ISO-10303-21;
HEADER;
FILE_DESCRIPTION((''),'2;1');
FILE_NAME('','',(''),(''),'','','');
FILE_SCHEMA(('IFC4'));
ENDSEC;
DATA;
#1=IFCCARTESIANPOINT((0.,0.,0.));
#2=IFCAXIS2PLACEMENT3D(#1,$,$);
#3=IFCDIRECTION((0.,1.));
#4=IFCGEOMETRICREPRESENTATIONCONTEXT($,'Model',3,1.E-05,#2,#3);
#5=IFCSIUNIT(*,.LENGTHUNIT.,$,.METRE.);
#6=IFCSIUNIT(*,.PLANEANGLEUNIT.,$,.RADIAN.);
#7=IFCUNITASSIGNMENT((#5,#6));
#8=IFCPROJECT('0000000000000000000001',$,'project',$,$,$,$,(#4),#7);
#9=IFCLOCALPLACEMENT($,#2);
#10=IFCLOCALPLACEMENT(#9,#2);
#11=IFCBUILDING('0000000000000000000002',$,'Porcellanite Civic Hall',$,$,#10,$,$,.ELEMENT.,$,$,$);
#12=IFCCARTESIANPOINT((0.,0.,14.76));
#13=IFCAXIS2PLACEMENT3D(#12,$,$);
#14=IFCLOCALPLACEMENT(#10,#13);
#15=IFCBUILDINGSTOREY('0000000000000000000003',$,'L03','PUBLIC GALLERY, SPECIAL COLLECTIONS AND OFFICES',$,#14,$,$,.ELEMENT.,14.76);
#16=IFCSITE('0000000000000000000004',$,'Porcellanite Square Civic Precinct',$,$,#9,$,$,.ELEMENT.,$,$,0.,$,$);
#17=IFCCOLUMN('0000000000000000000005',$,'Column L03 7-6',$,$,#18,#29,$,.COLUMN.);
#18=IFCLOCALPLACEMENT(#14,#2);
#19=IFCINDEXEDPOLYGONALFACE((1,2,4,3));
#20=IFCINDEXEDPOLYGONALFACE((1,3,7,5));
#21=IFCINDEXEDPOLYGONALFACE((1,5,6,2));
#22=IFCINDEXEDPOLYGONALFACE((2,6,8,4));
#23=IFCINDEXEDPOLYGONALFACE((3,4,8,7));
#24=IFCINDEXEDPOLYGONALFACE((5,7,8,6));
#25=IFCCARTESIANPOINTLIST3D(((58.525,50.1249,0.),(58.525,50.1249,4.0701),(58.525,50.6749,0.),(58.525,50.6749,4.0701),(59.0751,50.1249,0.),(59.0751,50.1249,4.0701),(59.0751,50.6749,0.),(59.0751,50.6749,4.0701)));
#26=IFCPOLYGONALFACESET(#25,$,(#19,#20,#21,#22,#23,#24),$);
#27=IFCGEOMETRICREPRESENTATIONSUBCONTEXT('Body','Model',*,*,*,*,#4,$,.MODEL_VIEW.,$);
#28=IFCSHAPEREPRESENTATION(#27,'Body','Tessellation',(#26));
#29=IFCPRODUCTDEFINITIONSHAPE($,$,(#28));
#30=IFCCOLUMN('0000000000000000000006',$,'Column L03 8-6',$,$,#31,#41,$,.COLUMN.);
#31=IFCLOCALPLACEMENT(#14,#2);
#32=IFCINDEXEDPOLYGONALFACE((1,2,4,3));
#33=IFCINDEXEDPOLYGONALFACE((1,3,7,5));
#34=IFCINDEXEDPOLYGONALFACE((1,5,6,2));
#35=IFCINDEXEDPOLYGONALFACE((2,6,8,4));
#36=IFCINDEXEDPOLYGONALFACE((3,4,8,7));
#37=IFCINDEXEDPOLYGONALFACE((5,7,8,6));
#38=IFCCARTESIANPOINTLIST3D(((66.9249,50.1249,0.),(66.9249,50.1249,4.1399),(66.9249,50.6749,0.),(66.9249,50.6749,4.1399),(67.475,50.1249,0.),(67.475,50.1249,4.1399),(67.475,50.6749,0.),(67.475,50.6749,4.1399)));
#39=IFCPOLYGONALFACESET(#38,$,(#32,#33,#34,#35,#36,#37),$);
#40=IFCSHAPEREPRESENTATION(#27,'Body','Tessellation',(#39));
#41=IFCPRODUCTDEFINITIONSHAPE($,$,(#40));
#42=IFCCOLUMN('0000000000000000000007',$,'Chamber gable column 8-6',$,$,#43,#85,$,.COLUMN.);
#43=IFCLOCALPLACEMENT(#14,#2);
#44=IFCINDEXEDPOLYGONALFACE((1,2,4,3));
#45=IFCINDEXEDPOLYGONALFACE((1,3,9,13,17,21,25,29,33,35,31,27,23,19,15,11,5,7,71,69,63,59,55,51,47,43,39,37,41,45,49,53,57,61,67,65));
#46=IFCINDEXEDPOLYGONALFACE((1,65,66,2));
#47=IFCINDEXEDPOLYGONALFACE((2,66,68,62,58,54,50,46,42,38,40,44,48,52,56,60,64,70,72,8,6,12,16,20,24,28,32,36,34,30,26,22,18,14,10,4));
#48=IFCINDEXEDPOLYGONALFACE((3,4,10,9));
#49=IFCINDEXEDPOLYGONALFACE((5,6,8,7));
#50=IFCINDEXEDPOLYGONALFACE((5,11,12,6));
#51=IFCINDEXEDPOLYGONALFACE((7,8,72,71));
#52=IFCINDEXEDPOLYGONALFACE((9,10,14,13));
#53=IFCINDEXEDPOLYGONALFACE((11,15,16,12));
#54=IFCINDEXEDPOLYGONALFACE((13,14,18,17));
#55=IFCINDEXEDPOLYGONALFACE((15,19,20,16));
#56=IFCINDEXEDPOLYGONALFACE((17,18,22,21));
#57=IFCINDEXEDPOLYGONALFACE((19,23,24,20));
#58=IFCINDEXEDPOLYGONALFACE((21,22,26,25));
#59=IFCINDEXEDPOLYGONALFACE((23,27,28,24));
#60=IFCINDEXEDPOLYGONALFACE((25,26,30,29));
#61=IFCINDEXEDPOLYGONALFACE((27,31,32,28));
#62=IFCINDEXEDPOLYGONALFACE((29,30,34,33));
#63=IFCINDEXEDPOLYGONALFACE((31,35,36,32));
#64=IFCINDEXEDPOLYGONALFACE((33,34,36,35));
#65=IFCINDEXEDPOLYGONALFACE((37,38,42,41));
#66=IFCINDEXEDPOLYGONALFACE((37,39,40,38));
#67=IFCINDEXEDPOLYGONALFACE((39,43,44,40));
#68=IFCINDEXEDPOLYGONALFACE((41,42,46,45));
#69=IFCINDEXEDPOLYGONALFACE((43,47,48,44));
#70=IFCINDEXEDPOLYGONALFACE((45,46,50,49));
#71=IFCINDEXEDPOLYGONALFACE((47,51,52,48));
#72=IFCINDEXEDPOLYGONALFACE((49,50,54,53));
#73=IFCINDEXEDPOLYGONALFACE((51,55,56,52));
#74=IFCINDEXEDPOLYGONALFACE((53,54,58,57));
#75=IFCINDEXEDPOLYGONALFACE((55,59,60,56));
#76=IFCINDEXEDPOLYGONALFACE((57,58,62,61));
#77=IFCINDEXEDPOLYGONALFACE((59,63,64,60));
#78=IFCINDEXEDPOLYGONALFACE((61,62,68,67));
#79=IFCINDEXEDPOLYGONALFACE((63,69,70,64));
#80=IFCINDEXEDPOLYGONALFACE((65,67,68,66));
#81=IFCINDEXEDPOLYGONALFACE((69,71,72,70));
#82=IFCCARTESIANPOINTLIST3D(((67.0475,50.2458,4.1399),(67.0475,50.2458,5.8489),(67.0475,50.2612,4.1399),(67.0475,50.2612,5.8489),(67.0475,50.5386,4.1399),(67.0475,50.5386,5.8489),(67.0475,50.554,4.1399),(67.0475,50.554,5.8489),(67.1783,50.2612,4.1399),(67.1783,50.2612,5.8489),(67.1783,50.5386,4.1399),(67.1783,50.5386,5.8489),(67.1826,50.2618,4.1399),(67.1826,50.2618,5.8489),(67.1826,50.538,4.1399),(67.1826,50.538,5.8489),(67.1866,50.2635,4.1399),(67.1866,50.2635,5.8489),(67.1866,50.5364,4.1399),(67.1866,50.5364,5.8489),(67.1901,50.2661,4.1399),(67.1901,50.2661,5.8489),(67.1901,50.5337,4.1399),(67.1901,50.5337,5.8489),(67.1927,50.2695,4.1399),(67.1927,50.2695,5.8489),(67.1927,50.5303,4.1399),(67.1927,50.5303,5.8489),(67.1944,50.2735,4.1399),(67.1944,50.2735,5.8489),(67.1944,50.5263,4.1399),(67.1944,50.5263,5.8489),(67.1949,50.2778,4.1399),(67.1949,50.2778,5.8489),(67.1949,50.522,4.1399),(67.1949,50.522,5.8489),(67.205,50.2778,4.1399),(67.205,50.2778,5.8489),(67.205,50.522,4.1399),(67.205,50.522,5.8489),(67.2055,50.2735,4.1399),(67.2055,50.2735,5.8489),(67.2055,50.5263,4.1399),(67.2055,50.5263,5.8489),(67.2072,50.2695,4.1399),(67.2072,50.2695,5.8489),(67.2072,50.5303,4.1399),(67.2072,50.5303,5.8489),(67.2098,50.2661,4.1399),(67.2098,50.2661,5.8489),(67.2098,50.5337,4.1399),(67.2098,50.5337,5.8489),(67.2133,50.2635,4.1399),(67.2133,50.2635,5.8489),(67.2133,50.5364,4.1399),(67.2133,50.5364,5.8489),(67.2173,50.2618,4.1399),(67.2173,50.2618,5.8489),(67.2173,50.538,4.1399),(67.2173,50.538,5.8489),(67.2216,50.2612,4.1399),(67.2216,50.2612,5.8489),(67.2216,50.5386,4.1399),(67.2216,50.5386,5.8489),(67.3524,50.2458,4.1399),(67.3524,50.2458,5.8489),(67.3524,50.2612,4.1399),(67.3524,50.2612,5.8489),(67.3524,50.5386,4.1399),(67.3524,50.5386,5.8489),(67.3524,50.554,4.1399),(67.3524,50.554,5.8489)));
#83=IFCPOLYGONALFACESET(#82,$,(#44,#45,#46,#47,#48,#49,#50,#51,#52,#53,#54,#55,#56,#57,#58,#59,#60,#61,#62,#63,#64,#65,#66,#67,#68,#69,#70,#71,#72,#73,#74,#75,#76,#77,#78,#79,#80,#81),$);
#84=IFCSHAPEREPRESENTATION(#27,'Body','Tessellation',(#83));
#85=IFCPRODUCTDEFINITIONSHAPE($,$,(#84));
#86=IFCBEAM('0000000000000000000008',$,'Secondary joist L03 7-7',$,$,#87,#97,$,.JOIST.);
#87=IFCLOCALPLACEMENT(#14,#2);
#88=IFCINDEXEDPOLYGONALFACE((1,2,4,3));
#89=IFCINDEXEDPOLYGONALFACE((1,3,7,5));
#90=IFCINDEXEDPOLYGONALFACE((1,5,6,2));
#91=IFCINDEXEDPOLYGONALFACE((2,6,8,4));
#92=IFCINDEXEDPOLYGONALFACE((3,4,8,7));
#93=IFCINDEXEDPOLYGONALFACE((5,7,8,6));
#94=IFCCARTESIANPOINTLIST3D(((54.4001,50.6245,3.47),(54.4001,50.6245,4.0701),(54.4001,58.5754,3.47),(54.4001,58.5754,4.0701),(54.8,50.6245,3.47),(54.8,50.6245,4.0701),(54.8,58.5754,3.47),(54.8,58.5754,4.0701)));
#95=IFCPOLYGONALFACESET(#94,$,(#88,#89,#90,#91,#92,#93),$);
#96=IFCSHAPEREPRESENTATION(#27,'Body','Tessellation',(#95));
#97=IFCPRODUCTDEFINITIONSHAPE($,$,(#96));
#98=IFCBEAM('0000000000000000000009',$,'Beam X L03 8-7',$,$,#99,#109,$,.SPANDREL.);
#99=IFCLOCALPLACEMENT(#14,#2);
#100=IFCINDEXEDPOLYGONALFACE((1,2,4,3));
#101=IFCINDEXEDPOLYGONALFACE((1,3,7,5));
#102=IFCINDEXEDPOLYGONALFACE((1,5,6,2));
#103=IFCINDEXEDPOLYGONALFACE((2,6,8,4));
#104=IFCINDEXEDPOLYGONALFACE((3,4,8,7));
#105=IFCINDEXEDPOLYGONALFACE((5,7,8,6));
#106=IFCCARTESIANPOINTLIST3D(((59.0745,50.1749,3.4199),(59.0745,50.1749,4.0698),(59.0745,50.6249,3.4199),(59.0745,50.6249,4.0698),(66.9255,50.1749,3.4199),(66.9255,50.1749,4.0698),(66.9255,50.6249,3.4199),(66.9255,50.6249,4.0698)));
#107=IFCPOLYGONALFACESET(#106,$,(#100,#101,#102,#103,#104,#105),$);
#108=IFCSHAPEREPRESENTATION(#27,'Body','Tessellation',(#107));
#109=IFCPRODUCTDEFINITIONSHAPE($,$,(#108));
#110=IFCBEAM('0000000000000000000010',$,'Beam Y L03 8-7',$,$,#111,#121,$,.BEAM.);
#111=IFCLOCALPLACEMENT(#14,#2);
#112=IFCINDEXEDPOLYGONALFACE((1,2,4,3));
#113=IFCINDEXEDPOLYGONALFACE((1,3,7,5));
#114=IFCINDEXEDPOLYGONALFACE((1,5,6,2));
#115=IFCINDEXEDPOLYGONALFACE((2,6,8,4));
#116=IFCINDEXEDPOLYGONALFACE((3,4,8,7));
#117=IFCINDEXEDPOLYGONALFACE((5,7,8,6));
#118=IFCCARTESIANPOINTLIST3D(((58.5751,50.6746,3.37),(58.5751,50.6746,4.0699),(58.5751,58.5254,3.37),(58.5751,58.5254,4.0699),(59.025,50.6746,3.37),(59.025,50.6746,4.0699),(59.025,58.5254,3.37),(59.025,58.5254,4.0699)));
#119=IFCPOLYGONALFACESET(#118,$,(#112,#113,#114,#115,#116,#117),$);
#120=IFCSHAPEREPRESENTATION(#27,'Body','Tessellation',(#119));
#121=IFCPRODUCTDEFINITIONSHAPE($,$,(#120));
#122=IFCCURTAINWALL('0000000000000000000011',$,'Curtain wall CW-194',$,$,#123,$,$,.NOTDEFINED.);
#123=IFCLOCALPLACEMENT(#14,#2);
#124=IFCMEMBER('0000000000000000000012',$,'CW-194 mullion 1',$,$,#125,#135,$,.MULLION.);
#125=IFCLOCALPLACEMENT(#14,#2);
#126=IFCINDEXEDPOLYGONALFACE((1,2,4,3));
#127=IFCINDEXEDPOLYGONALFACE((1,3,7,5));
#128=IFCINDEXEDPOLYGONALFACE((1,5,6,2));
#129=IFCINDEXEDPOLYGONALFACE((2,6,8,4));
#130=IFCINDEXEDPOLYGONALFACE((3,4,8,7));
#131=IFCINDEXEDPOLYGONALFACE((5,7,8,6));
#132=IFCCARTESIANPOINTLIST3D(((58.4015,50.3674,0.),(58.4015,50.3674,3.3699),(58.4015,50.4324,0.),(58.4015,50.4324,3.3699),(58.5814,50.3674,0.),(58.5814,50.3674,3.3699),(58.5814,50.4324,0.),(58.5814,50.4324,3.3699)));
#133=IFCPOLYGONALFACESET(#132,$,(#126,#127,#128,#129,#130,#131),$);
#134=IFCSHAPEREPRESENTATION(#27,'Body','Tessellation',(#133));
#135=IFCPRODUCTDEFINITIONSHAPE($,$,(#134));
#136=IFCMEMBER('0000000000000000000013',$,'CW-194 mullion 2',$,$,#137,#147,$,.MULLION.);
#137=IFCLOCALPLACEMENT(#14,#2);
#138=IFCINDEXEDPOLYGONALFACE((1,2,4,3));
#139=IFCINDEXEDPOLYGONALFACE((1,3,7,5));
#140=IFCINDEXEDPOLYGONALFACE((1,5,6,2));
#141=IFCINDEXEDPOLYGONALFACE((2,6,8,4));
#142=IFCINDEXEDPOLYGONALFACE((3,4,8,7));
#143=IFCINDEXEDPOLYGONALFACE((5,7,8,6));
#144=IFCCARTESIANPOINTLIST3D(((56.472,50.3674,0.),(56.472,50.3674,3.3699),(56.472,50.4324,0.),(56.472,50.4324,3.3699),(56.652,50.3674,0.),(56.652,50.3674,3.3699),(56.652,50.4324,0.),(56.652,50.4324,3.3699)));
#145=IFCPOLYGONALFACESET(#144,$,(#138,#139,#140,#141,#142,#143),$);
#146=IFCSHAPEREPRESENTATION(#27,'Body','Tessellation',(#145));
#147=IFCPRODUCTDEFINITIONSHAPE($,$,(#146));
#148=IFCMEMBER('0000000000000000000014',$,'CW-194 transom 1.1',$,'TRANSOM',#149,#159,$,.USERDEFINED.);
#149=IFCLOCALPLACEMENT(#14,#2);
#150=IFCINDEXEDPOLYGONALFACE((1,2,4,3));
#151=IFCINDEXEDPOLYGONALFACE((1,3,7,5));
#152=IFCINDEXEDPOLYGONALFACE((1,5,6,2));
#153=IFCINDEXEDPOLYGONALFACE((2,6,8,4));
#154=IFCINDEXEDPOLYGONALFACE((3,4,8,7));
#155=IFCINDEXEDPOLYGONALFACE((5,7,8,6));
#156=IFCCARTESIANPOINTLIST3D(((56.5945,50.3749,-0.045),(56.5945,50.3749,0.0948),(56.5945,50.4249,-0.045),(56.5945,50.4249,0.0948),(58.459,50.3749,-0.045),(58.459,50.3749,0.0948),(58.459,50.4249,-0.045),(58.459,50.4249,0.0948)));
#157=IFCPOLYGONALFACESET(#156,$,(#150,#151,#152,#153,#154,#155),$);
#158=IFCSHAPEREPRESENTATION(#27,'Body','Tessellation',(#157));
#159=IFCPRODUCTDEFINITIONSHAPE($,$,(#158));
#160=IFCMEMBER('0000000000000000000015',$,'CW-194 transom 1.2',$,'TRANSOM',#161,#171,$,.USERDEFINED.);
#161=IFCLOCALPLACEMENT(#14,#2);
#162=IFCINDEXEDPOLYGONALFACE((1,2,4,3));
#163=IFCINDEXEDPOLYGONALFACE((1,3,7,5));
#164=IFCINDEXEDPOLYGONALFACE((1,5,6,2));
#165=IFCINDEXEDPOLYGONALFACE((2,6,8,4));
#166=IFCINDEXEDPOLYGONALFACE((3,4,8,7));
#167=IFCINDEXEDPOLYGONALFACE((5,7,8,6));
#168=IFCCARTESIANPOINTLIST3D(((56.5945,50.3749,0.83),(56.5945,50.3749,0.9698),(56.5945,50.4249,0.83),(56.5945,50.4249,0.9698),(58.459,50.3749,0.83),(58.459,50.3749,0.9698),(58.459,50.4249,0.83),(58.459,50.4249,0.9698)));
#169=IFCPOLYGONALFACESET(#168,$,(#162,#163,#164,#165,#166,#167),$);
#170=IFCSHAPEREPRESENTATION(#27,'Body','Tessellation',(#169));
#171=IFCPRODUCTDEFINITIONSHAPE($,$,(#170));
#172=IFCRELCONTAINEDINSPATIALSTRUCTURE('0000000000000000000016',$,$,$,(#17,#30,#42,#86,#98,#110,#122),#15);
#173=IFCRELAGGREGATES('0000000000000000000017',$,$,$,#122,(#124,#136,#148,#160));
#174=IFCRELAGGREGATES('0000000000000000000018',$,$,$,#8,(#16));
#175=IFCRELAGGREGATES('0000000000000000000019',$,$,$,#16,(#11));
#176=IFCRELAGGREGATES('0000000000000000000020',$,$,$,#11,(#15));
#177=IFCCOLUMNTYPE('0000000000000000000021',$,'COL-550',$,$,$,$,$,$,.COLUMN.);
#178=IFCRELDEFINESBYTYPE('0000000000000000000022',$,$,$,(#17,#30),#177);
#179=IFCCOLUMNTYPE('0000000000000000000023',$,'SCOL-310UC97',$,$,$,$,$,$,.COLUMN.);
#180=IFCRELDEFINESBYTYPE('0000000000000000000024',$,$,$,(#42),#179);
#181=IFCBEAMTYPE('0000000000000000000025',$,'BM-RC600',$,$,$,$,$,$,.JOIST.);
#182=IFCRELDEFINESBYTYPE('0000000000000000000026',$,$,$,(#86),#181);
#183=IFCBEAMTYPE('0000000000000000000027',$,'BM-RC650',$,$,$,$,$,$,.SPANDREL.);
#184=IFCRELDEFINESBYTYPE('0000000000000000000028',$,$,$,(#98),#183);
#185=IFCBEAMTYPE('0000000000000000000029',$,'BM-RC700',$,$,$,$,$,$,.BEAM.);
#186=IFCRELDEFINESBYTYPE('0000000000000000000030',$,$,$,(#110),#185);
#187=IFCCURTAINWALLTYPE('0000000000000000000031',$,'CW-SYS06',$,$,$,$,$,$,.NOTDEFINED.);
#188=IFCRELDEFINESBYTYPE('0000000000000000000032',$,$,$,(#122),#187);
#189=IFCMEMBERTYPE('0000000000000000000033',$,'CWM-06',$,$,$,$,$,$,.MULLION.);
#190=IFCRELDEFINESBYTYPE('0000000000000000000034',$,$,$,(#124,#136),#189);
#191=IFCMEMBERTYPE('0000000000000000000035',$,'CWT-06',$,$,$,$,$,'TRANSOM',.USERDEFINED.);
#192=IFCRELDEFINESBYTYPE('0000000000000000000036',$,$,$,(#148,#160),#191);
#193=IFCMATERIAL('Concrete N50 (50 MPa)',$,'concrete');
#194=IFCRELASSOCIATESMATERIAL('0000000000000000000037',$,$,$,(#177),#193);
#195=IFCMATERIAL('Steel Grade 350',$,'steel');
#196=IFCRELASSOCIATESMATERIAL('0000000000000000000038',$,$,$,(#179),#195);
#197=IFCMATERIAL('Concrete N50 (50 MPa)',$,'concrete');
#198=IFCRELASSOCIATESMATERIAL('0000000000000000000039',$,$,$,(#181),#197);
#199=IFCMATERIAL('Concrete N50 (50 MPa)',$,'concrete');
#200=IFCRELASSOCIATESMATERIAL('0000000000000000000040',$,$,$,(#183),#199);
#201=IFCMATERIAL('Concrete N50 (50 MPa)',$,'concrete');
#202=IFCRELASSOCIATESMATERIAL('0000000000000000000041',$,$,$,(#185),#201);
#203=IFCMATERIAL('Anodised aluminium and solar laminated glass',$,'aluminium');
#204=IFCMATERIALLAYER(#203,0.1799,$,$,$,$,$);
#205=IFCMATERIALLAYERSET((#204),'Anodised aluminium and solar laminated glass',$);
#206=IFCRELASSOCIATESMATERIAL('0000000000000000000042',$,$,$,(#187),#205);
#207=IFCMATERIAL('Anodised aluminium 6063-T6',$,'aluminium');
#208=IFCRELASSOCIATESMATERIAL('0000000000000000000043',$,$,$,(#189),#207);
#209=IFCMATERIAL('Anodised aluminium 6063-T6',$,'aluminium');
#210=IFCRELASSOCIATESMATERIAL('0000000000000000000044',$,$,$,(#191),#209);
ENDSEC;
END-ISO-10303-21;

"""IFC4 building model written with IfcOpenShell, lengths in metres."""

from ifc_helpers import new_model, si_unit, direction, frame, origin, origin_2d, place, context, subcontext, project, spatial, rectangle, i_section, extrude, material, layer, layer_set, material_profile, profile_set, type_object, element, aggregate, save


model = new_model("IFC4")

# Units and contexts
model_context = context("Model", 3, precision=1e-05, world=origin(), true_north=direction((0.0, 1.0)))
body_context = subcontext(model_context, "Body", "Model", "MODEL_VIEW")
ifc_project = project(units=[si_unit("LENGTHUNIT", "METRE"), si_unit("PLANEANGLEUNIT", "RADIAN")], contexts=[model_context])

# Site, building, storey
site_placement = place(None, origin())
site = spatial("IfcSite", under=ifc_project, at=site_placement, Name="Porcellanite Square Civic Precinct", CompositionType="ELEMENT", RefElevation=0.0)
building_placement = place(site_placement, origin())
building = spatial("IfcBuilding", under=site, at=building_placement, Name="Porcellanite Civic Hall", CompositionType="ELEMENT")
storey_placement = place(building_placement, frame((0.0, 0.0, 14.76)))
storey = spatial("IfcBuildingStorey", under=building, at=storey_placement, Name="L03", Description="PUBLIC GALLERY, SPECIAL COLLECTIONS AND OFFICES", CompositionType="ELEMENT", Elevation=14.76)

# Columns
ifc_material_1 = material(Name="Concrete N50 (50 MPa)", Category="concrete")
ifc_material_profile_1 = material_profile(ifc_material_1, rectangle(XDim=0.55, YDim=0.55, at=origin_2d()), Name="RC-550x550")
ifc_profile_set_1 = profile_set([ifc_material_profile_1], Name="Concrete N50 (50 MPa)")
column_type_1 = type_object("IfcColumnType", Name="COL-550", PredefinedType="COLUMN", material=ifc_profile_set_1)
column_1_placement = place(storey_placement, frame((58.8, 50.3999, 0.0), z_axis=(0.0, 0.0, 1.0), x_axis=(1.0, 0.0, 0.0)))
element("IfcColumn", 1, at=column_1_placement, inside=storey, type_object=column_type_1, Name="Column L03 7-6", PredefinedType="COLUMN", context=body_context, shape_type="SweptSolid", body=[
    extrude(rectangle(XDim=0.55, YDim=0.55, at=origin_2d()), origin(), (0.0, 0.0, 1.0), 4.0701),
])
column_2_placement = place(storey_placement, frame((67.2, 50.3999, 0.0), z_axis=(0.0, 0.0, 1.0), x_axis=(1.0, 0.0, 0.0)))
element("IfcColumn", 2, at=column_2_placement, inside=storey, type_object=column_type_1, Name="Column L03 8-6", PredefinedType="COLUMN", context=body_context, shape_type="SweptSolid", body=[
    extrude(rectangle(XDim=0.55, YDim=0.55, at=origin_2d()), origin(), (0.0, 0.0, 1.0), 4.1399),
])
ifc_material_2 = material(Name="Steel Grade 350", Category="steel")
ifc_material_profile_2 = material_profile(ifc_material_2, i_section(OverallWidth=0.3049, OverallDepth=0.3081, WebThickness=0.01, FlangeThickness=0.0154, FilletRadius=0.0166, at=origin_2d()), Name="310UC96.8")
ifc_profile_set_2 = profile_set([ifc_material_profile_2], Name="Steel Grade 350")
column_type_2 = type_object("IfcColumnType", Name="SCOL-310UC97", PredefinedType="COLUMN", material=ifc_profile_set_2)
column_3_placement = place(storey_placement, frame((67.2, 50.3999, 4.1399), z_axis=(0.0, 0.0, 1.0), x_axis=(1.0, 0.0, 0.0)))
element("IfcColumn", 3, at=column_3_placement, inside=storey, type_object=column_type_2, Name="Chamber gable column 8-6", PredefinedType="COLUMN", context=body_context, shape_type="SweptSolid", body=[
    extrude(i_section(OverallWidth=0.3049, OverallDepth=0.3081, WebThickness=0.01, FlangeThickness=0.0154, FilletRadius=0.0166, at=origin_2d()), origin(), (0.0, 0.0, 1.0), 1.709),
])

# Beams
ifc_material_3 = material(Name="Concrete N50 (50 MPa)", Category="concrete")
ifc_material_profile_3 = material_profile(ifc_material_3, rectangle(XDim=0.3999, YDim=0.6001, at=origin_2d()), Name="RC-400x600")
ifc_profile_set_3 = profile_set([ifc_material_profile_3], Name="Concrete N50 (50 MPa)")
beam_type_1 = type_object("IfcBeamType", Name="BM-RC600", PredefinedType="JOIST", material=ifc_profile_set_3)
beam_1_placement = place(storey_placement, frame((54.6001, 50.6245, 3.77), z_axis=(0.0, 1.0, 0.0), x_axis=(-1.0, 0.0, 0.0)))
element("IfcBeam", 4, at=beam_1_placement, inside=storey, type_object=beam_type_1, Name="Secondary joist L03 7-7", PredefinedType="JOIST", context=body_context, shape_type="SweptSolid", body=[
    extrude(rectangle(XDim=0.3999, YDim=0.6001, at=origin_2d()), origin(), (0.0, 0.0, 1.0), 7.9509),
])
ifc_material_4 = material(Name="Concrete N50 (50 MPa)", Category="concrete")
ifc_material_profile_4 = material_profile(ifc_material_4, rectangle(XDim=0.45, YDim=0.6499, at=origin_2d()), Name="RC-450x650")
ifc_profile_set_4 = profile_set([ifc_material_profile_4], Name="Concrete N50 (50 MPa)")
beam_type_2 = type_object("IfcBeamType", Name="BM-RC650", PredefinedType="SPANDREL", material=ifc_profile_set_4)
beam_2_placement = place(storey_placement, frame((59.0745, 50.3999, 3.7449), z_axis=(1.0, 0.0, 0.0), x_axis=(0.0, 1.0, 0.0)))
element("IfcBeam", 5, at=beam_2_placement, inside=storey, type_object=beam_type_2, Name="Beam X L03 8-7", PredefinedType="SPANDREL", context=body_context, shape_type="SweptSolid", body=[
    extrude(rectangle(XDim=0.45, YDim=0.6499, at=origin_2d()), origin(), (0.0, 0.0, 1.0), 7.8511),
])
ifc_material_5 = material(Name="Concrete N50 (50 MPa)", Category="concrete")
ifc_material_profile_5 = material_profile(ifc_material_5, rectangle(XDim=0.45, YDim=0.7, at=origin_2d()), Name="RC-450x700")
ifc_profile_set_5 = profile_set([ifc_material_profile_5], Name="Concrete N50 (50 MPa)")
beam_type_3 = type_object("IfcBeamType", Name="BM-RC700", PredefinedType="BEAM", material=ifc_profile_set_5)
beam_3_placement = place(storey_placement, frame((58.8, 50.6746, 3.72), z_axis=(0.0, 1.0, 0.0), x_axis=(-1.0, 0.0, 0.0)))
element("IfcBeam", 6, at=beam_3_placement, inside=storey, type_object=beam_type_3, Name="Beam Y L03 8-7", PredefinedType="BEAM", context=body_context, shape_type="SweptSolid", body=[
    extrude(rectangle(XDim=0.45, YDim=0.7, at=origin_2d()), origin(), (0.0, 0.0, 1.0), 7.8508),
])

# Curtain wall, members
ifc_material_6 = material(Name="Anodised aluminium and solar laminated glass", Category="aluminium")
ifc_layer_1 = layer(ifc_material_6, 0.1799)
ifc_layer_set_1 = layer_set([ifc_layer_1], Name="Anodised aluminium and solar laminated glass")
curtain_wall_type = type_object("IfcCurtainWallType", Name="CW-SYS06", PredefinedType="NOTDEFINED", material=ifc_layer_set_1)
curtain_wall_placement = place(storey_placement, origin())
curtain_wall = element("IfcCurtainWall", 7, at=curtain_wall_placement, inside=storey, type_object=curtain_wall_type, Name="Curtain wall CW-194", PredefinedType="NOTDEFINED")
ifc_material_7 = material(Name="Anodised aluminium 6063-T6", Category="aluminium")
ifc_material_profile_6 = material_profile(ifc_material_7, rectangle(XDim=0.0649, YDim=0.1799, at=origin_2d()), Name="AL-65x180")
ifc_profile_set_6 = profile_set([ifc_material_profile_6], Name="Anodised aluminium 6063-T6")
member_type_1 = type_object("IfcMemberType", Name="CWM-06", PredefinedType="MULLION", material=ifc_profile_set_6)
member_1_placement = place(storey_placement, frame((58.4915, 50.3999, 0.0), z_axis=(0.0, 0.0, 1.0), x_axis=(0.0, -1.0, 0.0)))
member_1 = element("IfcMember", 8, at=member_1_placement, type_object=member_type_1, Name="CW-194 mullion 1", PredefinedType="MULLION", context=body_context, shape_type="SweptSolid", body=[
    extrude(rectangle(XDim=0.0649, YDim=0.1799, at=origin_2d()), origin(), (0.0, 0.0, 1.0), 3.3699),
])
member_2_placement = place(storey_placement, frame((56.562, 50.3999, 0.0), z_axis=(0.0, 0.0, 1.0), x_axis=(0.0, -1.0, 0.0)))
member_2 = element("IfcMember", 9, at=member_2_placement, type_object=member_type_1, Name="CW-194 mullion 2", PredefinedType="MULLION", context=body_context, shape_type="SweptSolid", body=[
    extrude(rectangle(XDim=0.0649, YDim=0.1799, at=origin_2d()), origin(), (0.0, 0.0, 1.0), 3.3699),
])
ifc_material_8 = material(Name="Anodised aluminium 6063-T6", Category="aluminium")
ifc_material_profile_7 = material_profile(ifc_material_8, rectangle(XDim=0.05, YDim=0.1399, at=origin_2d()), Name="AL-50x140")
ifc_profile_set_7 = profile_set([ifc_material_profile_7], Name="Anodised aluminium 6063-T6")
member_type_2 = type_object("IfcMemberType", Name="CWT-06", ElementType="TRANSOM", PredefinedType="USERDEFINED", material=ifc_profile_set_7)
member_3_placement = place(storey_placement, frame((58.459, 50.3999, 0.0249), z_axis=(-1.0, 0.0, 0.0), x_axis=(0.0, -1.0, 0.0)))
member_3 = element("IfcMember", 10, at=member_3_placement, type_object=member_type_2, Name="CW-194 transom 1.1", ObjectType="TRANSOM", PredefinedType="USERDEFINED", context=body_context, shape_type="SweptSolid", body=[
    extrude(rectangle(XDim=0.05, YDim=0.1399, at=origin_2d()), origin(), (0.0, 0.0, 1.0), 1.8645),
])
member_4_placement = place(storey_placement, frame((58.459, 50.3999, 0.8999), z_axis=(-1.0, 0.0, 0.0), x_axis=(0.0, -1.0, 0.0)))
member_4 = element("IfcMember", 11, at=member_4_placement, type_object=member_type_2, Name="CW-194 transom 1.2", ObjectType="TRANSOM", PredefinedType="USERDEFINED", context=body_context, shape_type="SweptSolid", body=[
    extrude(rectangle(XDim=0.05, YDim=0.1399, at=origin_2d()), origin(), (0.0, 0.0, 1.0), 1.8645),
])

aggregate(curtain_wall, [member_1, member_2, member_3, member_4])

save(model, "model.ifc")
